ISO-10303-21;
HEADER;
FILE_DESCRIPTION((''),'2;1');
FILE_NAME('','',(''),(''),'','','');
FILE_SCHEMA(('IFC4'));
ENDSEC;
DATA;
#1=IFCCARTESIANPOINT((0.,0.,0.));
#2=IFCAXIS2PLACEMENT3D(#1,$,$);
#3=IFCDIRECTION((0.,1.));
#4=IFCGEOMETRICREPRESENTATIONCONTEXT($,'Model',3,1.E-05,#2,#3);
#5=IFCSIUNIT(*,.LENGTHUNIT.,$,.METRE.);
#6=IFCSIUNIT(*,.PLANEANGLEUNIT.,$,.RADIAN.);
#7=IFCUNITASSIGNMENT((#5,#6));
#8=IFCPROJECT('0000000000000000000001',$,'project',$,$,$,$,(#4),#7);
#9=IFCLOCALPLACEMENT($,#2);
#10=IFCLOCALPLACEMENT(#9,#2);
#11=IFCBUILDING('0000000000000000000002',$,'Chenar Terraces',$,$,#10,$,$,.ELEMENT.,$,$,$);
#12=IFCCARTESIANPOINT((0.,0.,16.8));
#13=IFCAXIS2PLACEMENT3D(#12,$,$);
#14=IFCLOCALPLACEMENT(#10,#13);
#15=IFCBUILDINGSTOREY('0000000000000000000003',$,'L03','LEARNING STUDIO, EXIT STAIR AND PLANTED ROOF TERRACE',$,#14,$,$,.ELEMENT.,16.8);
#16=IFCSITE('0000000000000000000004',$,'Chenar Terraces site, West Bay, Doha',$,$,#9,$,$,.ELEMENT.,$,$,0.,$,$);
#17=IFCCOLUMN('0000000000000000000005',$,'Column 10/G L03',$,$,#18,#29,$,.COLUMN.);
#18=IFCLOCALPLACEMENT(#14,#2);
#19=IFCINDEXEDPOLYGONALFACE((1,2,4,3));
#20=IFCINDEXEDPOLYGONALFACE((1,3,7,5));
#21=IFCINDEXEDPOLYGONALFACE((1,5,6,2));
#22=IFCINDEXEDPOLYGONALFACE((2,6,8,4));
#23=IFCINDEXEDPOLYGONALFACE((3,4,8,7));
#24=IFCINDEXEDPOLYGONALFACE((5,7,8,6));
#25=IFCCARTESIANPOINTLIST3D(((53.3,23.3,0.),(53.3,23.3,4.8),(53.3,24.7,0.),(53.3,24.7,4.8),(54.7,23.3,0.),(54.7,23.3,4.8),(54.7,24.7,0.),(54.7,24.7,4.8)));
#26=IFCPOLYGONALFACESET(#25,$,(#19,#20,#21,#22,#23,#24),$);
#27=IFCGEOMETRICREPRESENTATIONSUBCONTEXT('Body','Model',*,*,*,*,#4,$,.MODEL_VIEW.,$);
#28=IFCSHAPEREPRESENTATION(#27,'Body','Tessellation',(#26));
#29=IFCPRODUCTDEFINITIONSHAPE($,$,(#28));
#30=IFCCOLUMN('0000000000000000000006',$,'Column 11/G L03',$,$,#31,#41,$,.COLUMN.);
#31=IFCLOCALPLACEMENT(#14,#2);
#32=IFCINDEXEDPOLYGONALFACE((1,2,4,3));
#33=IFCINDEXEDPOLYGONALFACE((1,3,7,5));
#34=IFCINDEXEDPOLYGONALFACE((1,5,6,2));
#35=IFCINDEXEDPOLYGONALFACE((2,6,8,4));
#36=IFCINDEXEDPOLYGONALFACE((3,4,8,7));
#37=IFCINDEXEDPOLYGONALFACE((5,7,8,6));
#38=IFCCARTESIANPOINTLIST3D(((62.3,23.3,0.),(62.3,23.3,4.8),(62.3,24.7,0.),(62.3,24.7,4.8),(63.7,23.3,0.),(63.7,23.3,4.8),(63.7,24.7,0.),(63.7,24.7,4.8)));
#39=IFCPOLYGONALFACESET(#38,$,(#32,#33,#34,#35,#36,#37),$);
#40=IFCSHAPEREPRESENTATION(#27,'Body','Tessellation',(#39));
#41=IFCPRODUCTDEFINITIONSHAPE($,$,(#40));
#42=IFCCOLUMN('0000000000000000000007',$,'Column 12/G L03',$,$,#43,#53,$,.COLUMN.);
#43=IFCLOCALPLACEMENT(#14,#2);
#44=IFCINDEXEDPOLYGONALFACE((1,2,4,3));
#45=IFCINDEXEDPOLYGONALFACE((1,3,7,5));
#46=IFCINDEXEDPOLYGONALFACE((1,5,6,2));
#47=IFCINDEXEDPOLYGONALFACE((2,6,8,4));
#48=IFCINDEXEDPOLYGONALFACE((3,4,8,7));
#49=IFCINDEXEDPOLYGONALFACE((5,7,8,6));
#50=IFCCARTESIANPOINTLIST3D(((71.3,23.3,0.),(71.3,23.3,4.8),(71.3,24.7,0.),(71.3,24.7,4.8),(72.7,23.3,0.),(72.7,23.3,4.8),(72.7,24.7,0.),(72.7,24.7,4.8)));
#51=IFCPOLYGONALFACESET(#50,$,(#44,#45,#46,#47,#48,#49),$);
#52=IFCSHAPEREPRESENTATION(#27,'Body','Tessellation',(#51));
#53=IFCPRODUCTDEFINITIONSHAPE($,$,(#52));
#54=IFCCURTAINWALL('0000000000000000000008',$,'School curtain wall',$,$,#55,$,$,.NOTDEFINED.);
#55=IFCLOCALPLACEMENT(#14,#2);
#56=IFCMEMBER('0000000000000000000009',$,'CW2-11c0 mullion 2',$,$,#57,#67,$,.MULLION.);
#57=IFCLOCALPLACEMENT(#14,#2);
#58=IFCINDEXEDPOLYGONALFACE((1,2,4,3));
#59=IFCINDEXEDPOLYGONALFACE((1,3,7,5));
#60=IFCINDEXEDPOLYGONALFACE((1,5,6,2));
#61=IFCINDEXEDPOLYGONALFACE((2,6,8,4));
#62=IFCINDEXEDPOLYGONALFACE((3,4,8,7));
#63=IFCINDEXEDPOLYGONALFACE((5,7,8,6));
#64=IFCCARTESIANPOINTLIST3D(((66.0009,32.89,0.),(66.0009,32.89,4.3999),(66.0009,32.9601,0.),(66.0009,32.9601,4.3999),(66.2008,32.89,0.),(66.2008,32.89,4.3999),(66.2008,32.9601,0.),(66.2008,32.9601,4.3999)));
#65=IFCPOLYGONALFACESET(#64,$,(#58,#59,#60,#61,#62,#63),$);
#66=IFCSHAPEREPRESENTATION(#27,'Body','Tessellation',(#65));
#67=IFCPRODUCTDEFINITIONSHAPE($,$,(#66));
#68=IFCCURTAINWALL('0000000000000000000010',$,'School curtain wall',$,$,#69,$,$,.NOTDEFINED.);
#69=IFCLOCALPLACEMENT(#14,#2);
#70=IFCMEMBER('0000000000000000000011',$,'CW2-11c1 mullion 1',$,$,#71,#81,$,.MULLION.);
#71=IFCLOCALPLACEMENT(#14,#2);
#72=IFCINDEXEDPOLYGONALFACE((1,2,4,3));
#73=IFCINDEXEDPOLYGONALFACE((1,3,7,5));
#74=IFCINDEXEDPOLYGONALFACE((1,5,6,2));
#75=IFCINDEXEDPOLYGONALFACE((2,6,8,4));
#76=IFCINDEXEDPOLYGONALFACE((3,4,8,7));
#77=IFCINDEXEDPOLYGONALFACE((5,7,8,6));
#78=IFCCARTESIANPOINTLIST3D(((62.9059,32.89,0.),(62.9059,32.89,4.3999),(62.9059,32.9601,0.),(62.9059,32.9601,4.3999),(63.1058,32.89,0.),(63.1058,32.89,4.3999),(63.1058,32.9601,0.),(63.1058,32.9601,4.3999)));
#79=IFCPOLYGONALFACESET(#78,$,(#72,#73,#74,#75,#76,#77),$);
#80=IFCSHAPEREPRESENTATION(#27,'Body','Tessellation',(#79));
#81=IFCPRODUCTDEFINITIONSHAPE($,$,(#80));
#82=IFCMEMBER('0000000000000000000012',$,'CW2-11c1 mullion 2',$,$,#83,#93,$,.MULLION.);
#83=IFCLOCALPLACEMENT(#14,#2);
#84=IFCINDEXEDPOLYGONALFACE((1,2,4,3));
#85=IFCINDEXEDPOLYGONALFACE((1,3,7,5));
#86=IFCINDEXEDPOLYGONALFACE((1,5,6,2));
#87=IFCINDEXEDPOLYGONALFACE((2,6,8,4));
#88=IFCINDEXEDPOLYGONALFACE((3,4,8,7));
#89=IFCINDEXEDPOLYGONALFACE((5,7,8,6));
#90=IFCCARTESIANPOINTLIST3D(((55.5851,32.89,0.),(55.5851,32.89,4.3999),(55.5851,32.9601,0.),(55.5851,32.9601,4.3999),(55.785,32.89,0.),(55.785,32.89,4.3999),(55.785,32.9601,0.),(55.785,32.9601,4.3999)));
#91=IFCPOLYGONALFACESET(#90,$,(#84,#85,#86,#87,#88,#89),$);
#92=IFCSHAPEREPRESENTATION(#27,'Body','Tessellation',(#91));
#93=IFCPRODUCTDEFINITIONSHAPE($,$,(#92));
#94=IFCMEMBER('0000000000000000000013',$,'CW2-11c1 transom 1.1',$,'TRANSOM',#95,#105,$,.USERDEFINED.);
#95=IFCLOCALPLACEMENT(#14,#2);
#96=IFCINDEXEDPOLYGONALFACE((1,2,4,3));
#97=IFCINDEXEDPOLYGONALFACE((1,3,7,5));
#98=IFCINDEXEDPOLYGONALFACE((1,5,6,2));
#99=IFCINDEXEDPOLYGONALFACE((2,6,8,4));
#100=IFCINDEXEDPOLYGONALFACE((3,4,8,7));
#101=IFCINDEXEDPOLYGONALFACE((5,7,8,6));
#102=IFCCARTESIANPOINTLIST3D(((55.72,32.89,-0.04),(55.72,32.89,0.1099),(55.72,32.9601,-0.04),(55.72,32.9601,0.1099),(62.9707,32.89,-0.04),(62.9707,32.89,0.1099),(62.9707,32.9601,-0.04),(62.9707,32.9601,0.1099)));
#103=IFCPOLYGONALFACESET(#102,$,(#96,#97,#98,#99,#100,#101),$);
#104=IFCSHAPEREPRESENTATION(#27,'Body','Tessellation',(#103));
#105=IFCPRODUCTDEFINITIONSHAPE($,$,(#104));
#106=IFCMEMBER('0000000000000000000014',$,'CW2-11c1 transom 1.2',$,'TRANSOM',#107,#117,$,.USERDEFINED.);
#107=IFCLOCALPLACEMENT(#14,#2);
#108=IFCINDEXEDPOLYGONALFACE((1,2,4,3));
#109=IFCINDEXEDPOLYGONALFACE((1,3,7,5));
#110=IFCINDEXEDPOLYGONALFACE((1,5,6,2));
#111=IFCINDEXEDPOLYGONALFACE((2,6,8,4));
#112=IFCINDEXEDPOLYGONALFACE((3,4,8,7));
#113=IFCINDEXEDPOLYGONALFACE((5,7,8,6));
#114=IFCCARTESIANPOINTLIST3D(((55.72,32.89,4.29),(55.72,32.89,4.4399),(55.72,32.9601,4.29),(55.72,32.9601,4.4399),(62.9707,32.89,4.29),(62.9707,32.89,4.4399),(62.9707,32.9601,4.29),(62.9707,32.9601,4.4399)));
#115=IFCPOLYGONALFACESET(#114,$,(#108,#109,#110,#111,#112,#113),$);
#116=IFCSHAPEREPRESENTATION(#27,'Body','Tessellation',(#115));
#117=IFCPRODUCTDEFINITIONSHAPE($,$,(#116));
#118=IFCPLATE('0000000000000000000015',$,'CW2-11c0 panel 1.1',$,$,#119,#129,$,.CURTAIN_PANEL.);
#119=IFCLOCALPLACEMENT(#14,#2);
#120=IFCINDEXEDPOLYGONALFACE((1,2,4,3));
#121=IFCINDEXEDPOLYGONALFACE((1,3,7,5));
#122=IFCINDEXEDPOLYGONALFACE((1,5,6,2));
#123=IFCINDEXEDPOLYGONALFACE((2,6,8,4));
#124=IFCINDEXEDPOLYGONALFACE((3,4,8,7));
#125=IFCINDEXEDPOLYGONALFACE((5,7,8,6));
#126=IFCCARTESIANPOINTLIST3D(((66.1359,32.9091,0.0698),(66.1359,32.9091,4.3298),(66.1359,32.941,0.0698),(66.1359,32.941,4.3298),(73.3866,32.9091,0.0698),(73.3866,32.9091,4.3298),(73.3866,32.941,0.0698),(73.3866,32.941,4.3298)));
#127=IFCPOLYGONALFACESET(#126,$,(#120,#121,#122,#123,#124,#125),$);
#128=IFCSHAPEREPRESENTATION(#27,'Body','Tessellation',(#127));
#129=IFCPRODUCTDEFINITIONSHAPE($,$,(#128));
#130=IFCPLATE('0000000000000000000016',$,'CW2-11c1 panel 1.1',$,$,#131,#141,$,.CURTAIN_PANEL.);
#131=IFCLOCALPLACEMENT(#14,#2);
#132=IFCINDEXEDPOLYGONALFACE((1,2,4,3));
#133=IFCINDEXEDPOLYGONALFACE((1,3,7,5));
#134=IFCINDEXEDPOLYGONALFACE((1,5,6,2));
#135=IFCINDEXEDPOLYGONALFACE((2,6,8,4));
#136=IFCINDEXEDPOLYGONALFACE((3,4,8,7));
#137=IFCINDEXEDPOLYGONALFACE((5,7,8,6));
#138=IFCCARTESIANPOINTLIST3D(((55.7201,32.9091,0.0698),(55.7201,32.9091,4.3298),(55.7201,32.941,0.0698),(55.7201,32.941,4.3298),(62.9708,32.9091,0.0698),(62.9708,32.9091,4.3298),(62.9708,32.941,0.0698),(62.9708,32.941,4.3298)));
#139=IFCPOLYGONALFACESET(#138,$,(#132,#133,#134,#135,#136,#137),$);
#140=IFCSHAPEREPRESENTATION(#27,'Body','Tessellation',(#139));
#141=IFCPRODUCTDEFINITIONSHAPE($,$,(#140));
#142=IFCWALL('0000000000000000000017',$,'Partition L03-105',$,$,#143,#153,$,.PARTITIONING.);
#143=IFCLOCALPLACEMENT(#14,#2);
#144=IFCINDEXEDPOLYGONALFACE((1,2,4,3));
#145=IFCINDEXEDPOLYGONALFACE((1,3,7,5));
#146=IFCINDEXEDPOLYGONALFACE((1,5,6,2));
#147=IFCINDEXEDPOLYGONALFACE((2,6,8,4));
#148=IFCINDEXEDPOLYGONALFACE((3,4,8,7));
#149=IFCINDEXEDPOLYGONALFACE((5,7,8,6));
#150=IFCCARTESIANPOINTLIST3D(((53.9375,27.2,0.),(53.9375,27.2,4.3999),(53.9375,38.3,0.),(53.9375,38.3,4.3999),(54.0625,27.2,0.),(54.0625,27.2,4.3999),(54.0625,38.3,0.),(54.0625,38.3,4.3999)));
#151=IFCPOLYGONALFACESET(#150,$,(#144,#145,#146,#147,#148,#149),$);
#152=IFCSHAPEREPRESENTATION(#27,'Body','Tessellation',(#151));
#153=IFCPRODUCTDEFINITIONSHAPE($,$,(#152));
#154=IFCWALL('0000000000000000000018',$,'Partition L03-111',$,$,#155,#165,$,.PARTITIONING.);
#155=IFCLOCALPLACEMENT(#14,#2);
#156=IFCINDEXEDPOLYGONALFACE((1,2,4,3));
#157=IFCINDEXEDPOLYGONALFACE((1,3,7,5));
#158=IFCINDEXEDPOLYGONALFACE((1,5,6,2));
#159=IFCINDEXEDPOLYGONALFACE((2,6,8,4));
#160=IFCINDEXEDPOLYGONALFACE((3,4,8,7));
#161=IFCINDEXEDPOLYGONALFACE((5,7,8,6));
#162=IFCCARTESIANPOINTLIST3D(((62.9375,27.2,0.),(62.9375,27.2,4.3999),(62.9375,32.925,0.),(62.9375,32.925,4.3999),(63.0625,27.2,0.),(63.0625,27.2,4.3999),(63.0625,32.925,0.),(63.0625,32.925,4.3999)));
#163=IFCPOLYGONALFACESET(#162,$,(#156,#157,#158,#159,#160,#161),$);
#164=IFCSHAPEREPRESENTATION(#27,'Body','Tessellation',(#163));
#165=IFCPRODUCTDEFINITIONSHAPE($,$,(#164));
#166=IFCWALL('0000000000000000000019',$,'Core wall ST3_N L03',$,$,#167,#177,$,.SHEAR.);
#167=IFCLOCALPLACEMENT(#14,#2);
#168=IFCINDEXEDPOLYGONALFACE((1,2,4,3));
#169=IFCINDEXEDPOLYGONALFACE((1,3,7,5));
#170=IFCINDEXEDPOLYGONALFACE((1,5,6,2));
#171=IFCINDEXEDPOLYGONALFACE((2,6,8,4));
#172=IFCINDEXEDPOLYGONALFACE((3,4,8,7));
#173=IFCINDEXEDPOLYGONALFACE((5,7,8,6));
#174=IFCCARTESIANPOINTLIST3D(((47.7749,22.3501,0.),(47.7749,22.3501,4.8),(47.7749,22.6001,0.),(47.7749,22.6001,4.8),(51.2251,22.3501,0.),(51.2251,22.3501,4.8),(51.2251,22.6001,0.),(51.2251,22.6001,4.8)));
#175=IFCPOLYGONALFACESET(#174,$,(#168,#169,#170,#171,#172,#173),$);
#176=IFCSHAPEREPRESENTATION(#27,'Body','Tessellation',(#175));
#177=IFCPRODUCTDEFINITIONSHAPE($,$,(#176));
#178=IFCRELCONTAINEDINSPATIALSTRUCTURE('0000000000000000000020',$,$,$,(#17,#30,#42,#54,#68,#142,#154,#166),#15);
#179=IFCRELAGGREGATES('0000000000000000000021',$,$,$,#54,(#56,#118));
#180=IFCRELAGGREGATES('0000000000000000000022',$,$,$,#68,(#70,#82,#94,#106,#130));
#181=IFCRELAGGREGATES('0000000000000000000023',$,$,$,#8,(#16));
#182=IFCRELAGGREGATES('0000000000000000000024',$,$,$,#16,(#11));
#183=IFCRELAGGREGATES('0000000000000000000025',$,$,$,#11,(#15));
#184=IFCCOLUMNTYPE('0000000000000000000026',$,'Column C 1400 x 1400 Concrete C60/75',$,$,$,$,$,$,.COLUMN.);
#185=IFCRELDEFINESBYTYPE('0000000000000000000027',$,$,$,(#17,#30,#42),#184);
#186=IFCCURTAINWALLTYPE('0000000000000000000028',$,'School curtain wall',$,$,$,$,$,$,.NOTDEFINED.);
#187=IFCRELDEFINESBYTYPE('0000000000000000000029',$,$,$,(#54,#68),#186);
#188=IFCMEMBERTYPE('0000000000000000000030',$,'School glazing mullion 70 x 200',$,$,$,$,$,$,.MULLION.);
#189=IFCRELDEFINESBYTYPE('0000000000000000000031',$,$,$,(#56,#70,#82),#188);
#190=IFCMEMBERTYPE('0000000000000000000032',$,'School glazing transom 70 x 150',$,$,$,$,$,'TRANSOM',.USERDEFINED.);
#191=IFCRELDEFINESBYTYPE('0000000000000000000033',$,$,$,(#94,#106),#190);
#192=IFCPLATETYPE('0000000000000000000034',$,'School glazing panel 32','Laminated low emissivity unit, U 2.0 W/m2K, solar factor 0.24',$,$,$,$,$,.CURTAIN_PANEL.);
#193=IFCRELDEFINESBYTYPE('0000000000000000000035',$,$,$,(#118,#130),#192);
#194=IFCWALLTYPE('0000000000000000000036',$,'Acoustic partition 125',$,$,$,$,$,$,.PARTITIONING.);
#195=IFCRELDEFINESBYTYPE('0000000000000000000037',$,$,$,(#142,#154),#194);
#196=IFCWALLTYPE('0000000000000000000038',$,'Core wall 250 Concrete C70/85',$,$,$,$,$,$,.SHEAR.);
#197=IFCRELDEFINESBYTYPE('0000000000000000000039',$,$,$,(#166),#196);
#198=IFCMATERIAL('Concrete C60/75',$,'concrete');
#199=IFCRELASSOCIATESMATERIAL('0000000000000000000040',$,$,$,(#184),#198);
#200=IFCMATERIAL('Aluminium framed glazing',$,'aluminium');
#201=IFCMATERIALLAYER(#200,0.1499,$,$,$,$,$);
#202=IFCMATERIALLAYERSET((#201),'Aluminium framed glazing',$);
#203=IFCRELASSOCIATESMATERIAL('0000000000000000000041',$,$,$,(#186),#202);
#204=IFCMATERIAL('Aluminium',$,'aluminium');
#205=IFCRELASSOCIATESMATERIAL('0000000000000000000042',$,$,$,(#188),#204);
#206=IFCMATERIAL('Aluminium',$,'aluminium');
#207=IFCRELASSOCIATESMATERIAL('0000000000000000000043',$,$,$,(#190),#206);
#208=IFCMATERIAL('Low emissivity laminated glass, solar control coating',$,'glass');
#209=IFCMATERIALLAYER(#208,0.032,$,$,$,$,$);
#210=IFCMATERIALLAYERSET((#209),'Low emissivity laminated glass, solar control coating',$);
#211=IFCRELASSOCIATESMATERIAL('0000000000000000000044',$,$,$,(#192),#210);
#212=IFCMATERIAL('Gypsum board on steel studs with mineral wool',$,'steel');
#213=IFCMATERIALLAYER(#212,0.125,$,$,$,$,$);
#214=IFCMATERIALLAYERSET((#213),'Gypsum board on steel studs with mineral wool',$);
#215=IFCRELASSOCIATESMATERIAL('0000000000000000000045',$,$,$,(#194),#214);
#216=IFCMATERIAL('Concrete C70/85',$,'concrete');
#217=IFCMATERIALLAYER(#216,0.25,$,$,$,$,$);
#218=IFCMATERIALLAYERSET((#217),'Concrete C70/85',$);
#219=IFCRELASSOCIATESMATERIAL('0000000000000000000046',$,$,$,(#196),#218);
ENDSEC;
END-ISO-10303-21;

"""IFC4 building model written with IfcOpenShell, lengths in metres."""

from ifc_helpers import new_model, si_unit, direction, frame, frame_2d, origin, origin_2d, place, context, subcontext, project, spatial, rectangle, extrude, material, layer, layer_set, material_profile, profile_set, type_object, element, aggregate, save


model = new_model("IFC4")

# Units and contexts
model_context = context("Model", 3, precision=1e-05, world=origin(), true_north=direction((0.0, 1.0)))
body_context = subcontext(model_context, "Body", "Model", "MODEL_VIEW")
ifc_project = project(units=[si_unit("LENGTHUNIT", "METRE"), si_unit("PLANEANGLEUNIT", "RADIAN")], contexts=[model_context])

# Site, building, storey
site_placement = place(None, origin())
site = spatial("IfcSite", under=ifc_project, at=site_placement, Name="Chenar Terraces site, West Bay, Doha", CompositionType="ELEMENT", RefElevation=0.0)
building_placement = place(site_placement, origin())
building = spatial("IfcBuilding", under=site, at=building_placement, Name="Chenar Terraces", CompositionType="ELEMENT")
storey_placement = place(building_placement, frame((0.0, 0.0, 16.8)))
storey = spatial("IfcBuildingStorey", under=building, at=storey_placement, Name="L03", Description="LEARNING STUDIO, EXIT STAIR AND PLANTED ROOF TERRACE", CompositionType="ELEMENT", Elevation=16.8)

# Columns
ifc_material_1 = material(Name="Concrete C60/75", Category="concrete")
ifc_material_profile_1 = material_profile(ifc_material_1, rectangle(XDim=1.3999, YDim=1.3999, at=origin_2d()), Name="C 1400 x 1400")
ifc_profile_set_1 = profile_set([ifc_material_profile_1], Name="Concrete C60/75")
column_type = type_object("IfcColumnType", Name="Column C 1400 x 1400 Concrete C60/75", PredefinedType="COLUMN", material=ifc_profile_set_1)
for number, where, z_axis, x_axis, name in (
    (1, (54.0, 24.0, 0.0), (0.0, 0.0, 1.0), (1.0, 0.0, 0.0), "Column 10/G L03"),
    (2, (63.0, 24.0, 0.0), (0.0, 0.0, 1.0), (1.0, 0.0, 0.0), "Column 11/G L03"),
    (3, (72.0, 24.0, 0.0), (0.0, 0.0, 1.0), (1.0, 0.0, 0.0), "Column 12/G L03"),
):
    element("IfcColumn", number, at=place(storey_placement, frame(where, z_axis=z_axis, x_axis=x_axis)), inside=storey, type_object=column_type, Name=name, PredefinedType="COLUMN", context=body_context, shape_type="SweptSolid", body=[
        extrude(rectangle(XDim=1.3999, YDim=1.3999, at=origin_2d()), origin(), (0.0, 0.0, 1.0), 4.8),
    ])

# Curtain wall, member
ifc_material_2 = material(Name="Aluminium framed glazing", Category="aluminium")
ifc_layer_1 = layer(ifc_material_2, 0.1499)
ifc_layer_set_1 = layer_set([ifc_layer_1], Name="Aluminium framed glazing")
curtain_wall_type = type_object("IfcCurtainWallType", Name="School curtain wall", PredefinedType="NOTDEFINED", material=ifc_layer_set_1)
placement = place(storey_placement, origin())
curtain_wall_1 = element("IfcCurtainWall", 4, at=placement, inside=storey, type_object=curtain_wall_type, Name="School curtain wall", PredefinedType="NOTDEFINED")
ifc_material_3 = material(Name="Aluminium", Category="aluminium")
ifc_material_profile_2 = material_profile(ifc_material_3, rectangle(XDim=0.0701, YDim=0.2, at=origin_2d()), Name="School glazing mullion 70 x 200")
ifc_profile_set_2 = profile_set([ifc_material_profile_2], Name="Aluminium")
member_type_1 = type_object("IfcMemberType", Name="School glazing mullion 70 x 200", PredefinedType="MULLION", material=ifc_profile_set_2)
member_1_placement = place(storey_placement, frame((66.1008, 32.925, 0.0), z_axis=(0.0, 0.0, 1.0), x_axis=(0.0, -1.0, 0.0)))
member_1 = element("IfcMember", 5, at=member_1_placement, type_object=member_type_1, Name="CW2-11c0 mullion 2", PredefinedType="MULLION", context=body_context, shape_type="SweptSolid", body=[
    extrude(rectangle(XDim=0.0701, YDim=0.2, at=origin_2d()), origin(), (0.0, 0.0, 1.0), 4.3999),
])

# Curtain wall, members
curtain_wall_2 = element("IfcCurtainWall", 6, at=placement, inside=storey, type_object=curtain_wall_type, Name="School curtain wall", PredefinedType="NOTDEFINED")
member_2_placement = place(storey_placement, frame((63.0059, 32.925, 0.0), z_axis=(0.0, 0.0, 1.0), x_axis=(0.0, -1.0, 0.0)))
member_2 = element("IfcMember", 7, at=member_2_placement, type_object=member_type_1, Name="CW2-11c1 mullion 1", PredefinedType="MULLION", context=body_context, shape_type="SweptSolid", body=[
    extrude(rectangle(XDim=0.0701, YDim=0.2, at=origin_2d()), origin(), (0.0, 0.0, 1.0), 4.3999),
])
member_3_placement = place(storey_placement, frame((55.6851, 32.925, 0.0), z_axis=(0.0, 0.0, 1.0), x_axis=(0.0, -1.0, 0.0)))
member_3 = element("IfcMember", 8, at=member_3_placement, type_object=member_type_1, Name="CW2-11c1 mullion 2", PredefinedType="MULLION", context=body_context, shape_type="SweptSolid", body=[
    extrude(rectangle(XDim=0.0701, YDim=0.2, at=origin_2d()), origin(), (0.0, 0.0, 1.0), 4.3999),
])
ifc_material_4 = material(Name="Aluminium", Category="aluminium")
ifc_material_profile_3 = material_profile(ifc_material_4, rectangle(XDim=0.0701, YDim=0.1499, at=origin_2d()), Name="School glazing transom 70 x 150")
ifc_profile_set_3 = profile_set([ifc_material_profile_3], Name="Aluminium")
member_type_2 = type_object("IfcMemberType", Name="School glazing transom 70 x 150", ElementType="TRANSOM", PredefinedType="USERDEFINED", material=ifc_profile_set_3)
member_4_placement = place(storey_placement, frame((62.9707, 32.925, 0.0349), z_axis=(-1.0, 0.0, 0.0), x_axis=(0.0, -1.0, 0.0)))
member_4 = element("IfcMember", 9, at=member_4_placement, type_object=member_type_2, Name="CW2-11c1 transom 1.1", ObjectType="TRANSOM", PredefinedType="USERDEFINED", context=body_context, shape_type="SweptSolid", body=[
    extrude(rectangle(XDim=0.0701, YDim=0.1499, at=origin_2d()), origin(), (0.0, 0.0, 1.0), 7.2507),
])
member_5_placement = place(storey_placement, frame((62.9707, 32.925, 4.365), z_axis=(-1.0, 0.0, 0.0), x_axis=(0.0, -1.0, 0.0)))
member_5 = element("IfcMember", 10, at=member_5_placement, type_object=member_type_2, Name="CW2-11c1 transom 1.2", ObjectType="TRANSOM", PredefinedType="USERDEFINED", context=body_context, shape_type="SweptSolid", body=[
    extrude(rectangle(XDim=0.0701, YDim=0.1499, at=origin_2d()), origin(), (0.0, 0.0, 1.0), 7.2507),
])

# Plates
ifc_material_5 = material(Name="Low emissivity laminated glass, solar control coating", Category="glass")
ifc_layer_2 = layer(ifc_material_5, 0.032)
ifc_layer_set_2 = layer_set([ifc_layer_2], Name="Low emissivity laminated glass, solar control coating")
plate_type = type_object("IfcPlateType", Name="School glazing panel 32", Description="Laminated low emissivity unit, U 2.0 W/m2K, solar factor 0.24", PredefinedType="CURTAIN_PANEL", material=ifc_layer_set_2)
plate_1_placement = place(storey_placement, frame((69.7612, 32.925, 0.0698), z_axis=(0.0, 0.0, 1.0), x_axis=(-1.0, 0.0, 0.0)))
plate_1 = element("IfcPlate", 11, at=plate_1_placement, type_object=plate_type, Name="CW2-11c0 panel 1.1", PredefinedType="CURTAIN_PANEL", context=body_context, shape_type="SweptSolid", body=[
    extrude(rectangle(XDim=7.2507, YDim=0.032, at=origin_2d()), origin(), (0.0, 0.0, 1.0), 4.26),
])
aggregate(curtain_wall_1, [member_1, plate_1])
plate_2_placement = place(storey_placement, frame((59.3455, 32.925, 0.0698), z_axis=(0.0, 0.0, 1.0), x_axis=(-1.0, 0.0, 0.0)))
plate_2 = element("IfcPlate", 12, at=plate_2_placement, type_object=plate_type, Name="CW2-11c1 panel 1.1", PredefinedType="CURTAIN_PANEL", context=body_context, shape_type="SweptSolid", body=[
    extrude(rectangle(XDim=7.2507, YDim=0.032, at=origin_2d()), origin(), (0.0, 0.0, 1.0), 4.26),
])
aggregate(curtain_wall_2, [member_2, member_3, member_4, member_5, plate_2])

# Walls
ifc_material_6 = material(Name="Gypsum board on steel studs with mineral wool", Category="steel")
ifc_layer_3 = layer(ifc_material_6, 0.125)
ifc_layer_set_3 = layer_set([ifc_layer_3], Name="Gypsum board on steel studs with mineral wool")
wall_type_1 = type_object("IfcWallType", Name="Acoustic partition 125", PredefinedType="PARTITIONING", material=ifc_layer_set_3)
wall_1_placement = place(storey_placement, frame((54.0, 27.2, 0.0), z_axis=(0.0, 0.0, 1.0), x_axis=(0.0, 1.0, 0.0)))
element("IfcWall", 13, at=wall_1_placement, inside=storey, type_object=wall_type_1, Name="Partition L03-105", PredefinedType="PARTITIONING", context=body_context, shape_type="SweptSolid", body=[
    extrude(rectangle(XDim=11.1001, YDim=0.125, at=frame_2d((5.55, 0.0))), origin(), (0.0, 0.0, 1.0), 4.3999),
])
wall_2_placement = place(storey_placement, frame((63.0, 27.2, 0.0), z_axis=(0.0, 0.0, 1.0), x_axis=(0.0, 1.0, 0.0)))
element("IfcWall", 14, at=wall_2_placement, inside=storey, type_object=wall_type_1, Name="Partition L03-111", PredefinedType="PARTITIONING", context=body_context, shape_type="SweptSolid", body=[
    extrude(rectangle(XDim=5.7251, YDim=0.125, at=frame_2d((2.8625, 0.0))), origin(), (0.0, 0.0, 1.0), 4.3999),
])
ifc_material_7 = material(Name="Concrete C70/85", Category="concrete")
ifc_layer_4 = layer(ifc_material_7, 0.25)
ifc_layer_set_4 = layer_set([ifc_layer_4], Name="Concrete C70/85")
wall_type_2 = type_object("IfcWallType", Name="Core wall 250 Concrete C70/85", PredefinedType="SHEAR", material=ifc_layer_set_4)
wall_3_placement = place(storey_placement, frame((47.7749, 22.4751, 0.0), z_axis=(0.0, 0.0, 1.0), x_axis=(1.0, 0.0, 0.0)))
element("IfcWall", 15, at=wall_3_placement, inside=storey, type_object=wall_type_2, Name="Core wall ST3_N L03", PredefinedType="SHEAR", context=body_context, shape_type="SweptSolid", body=[
    extrude(rectangle(XDim=3.4502, YDim=0.25, at=frame_2d((1.7251, 0.0))), origin(), (0.0, 0.0, 1.0), 4.8),
])

save(model, "model.ifc")
